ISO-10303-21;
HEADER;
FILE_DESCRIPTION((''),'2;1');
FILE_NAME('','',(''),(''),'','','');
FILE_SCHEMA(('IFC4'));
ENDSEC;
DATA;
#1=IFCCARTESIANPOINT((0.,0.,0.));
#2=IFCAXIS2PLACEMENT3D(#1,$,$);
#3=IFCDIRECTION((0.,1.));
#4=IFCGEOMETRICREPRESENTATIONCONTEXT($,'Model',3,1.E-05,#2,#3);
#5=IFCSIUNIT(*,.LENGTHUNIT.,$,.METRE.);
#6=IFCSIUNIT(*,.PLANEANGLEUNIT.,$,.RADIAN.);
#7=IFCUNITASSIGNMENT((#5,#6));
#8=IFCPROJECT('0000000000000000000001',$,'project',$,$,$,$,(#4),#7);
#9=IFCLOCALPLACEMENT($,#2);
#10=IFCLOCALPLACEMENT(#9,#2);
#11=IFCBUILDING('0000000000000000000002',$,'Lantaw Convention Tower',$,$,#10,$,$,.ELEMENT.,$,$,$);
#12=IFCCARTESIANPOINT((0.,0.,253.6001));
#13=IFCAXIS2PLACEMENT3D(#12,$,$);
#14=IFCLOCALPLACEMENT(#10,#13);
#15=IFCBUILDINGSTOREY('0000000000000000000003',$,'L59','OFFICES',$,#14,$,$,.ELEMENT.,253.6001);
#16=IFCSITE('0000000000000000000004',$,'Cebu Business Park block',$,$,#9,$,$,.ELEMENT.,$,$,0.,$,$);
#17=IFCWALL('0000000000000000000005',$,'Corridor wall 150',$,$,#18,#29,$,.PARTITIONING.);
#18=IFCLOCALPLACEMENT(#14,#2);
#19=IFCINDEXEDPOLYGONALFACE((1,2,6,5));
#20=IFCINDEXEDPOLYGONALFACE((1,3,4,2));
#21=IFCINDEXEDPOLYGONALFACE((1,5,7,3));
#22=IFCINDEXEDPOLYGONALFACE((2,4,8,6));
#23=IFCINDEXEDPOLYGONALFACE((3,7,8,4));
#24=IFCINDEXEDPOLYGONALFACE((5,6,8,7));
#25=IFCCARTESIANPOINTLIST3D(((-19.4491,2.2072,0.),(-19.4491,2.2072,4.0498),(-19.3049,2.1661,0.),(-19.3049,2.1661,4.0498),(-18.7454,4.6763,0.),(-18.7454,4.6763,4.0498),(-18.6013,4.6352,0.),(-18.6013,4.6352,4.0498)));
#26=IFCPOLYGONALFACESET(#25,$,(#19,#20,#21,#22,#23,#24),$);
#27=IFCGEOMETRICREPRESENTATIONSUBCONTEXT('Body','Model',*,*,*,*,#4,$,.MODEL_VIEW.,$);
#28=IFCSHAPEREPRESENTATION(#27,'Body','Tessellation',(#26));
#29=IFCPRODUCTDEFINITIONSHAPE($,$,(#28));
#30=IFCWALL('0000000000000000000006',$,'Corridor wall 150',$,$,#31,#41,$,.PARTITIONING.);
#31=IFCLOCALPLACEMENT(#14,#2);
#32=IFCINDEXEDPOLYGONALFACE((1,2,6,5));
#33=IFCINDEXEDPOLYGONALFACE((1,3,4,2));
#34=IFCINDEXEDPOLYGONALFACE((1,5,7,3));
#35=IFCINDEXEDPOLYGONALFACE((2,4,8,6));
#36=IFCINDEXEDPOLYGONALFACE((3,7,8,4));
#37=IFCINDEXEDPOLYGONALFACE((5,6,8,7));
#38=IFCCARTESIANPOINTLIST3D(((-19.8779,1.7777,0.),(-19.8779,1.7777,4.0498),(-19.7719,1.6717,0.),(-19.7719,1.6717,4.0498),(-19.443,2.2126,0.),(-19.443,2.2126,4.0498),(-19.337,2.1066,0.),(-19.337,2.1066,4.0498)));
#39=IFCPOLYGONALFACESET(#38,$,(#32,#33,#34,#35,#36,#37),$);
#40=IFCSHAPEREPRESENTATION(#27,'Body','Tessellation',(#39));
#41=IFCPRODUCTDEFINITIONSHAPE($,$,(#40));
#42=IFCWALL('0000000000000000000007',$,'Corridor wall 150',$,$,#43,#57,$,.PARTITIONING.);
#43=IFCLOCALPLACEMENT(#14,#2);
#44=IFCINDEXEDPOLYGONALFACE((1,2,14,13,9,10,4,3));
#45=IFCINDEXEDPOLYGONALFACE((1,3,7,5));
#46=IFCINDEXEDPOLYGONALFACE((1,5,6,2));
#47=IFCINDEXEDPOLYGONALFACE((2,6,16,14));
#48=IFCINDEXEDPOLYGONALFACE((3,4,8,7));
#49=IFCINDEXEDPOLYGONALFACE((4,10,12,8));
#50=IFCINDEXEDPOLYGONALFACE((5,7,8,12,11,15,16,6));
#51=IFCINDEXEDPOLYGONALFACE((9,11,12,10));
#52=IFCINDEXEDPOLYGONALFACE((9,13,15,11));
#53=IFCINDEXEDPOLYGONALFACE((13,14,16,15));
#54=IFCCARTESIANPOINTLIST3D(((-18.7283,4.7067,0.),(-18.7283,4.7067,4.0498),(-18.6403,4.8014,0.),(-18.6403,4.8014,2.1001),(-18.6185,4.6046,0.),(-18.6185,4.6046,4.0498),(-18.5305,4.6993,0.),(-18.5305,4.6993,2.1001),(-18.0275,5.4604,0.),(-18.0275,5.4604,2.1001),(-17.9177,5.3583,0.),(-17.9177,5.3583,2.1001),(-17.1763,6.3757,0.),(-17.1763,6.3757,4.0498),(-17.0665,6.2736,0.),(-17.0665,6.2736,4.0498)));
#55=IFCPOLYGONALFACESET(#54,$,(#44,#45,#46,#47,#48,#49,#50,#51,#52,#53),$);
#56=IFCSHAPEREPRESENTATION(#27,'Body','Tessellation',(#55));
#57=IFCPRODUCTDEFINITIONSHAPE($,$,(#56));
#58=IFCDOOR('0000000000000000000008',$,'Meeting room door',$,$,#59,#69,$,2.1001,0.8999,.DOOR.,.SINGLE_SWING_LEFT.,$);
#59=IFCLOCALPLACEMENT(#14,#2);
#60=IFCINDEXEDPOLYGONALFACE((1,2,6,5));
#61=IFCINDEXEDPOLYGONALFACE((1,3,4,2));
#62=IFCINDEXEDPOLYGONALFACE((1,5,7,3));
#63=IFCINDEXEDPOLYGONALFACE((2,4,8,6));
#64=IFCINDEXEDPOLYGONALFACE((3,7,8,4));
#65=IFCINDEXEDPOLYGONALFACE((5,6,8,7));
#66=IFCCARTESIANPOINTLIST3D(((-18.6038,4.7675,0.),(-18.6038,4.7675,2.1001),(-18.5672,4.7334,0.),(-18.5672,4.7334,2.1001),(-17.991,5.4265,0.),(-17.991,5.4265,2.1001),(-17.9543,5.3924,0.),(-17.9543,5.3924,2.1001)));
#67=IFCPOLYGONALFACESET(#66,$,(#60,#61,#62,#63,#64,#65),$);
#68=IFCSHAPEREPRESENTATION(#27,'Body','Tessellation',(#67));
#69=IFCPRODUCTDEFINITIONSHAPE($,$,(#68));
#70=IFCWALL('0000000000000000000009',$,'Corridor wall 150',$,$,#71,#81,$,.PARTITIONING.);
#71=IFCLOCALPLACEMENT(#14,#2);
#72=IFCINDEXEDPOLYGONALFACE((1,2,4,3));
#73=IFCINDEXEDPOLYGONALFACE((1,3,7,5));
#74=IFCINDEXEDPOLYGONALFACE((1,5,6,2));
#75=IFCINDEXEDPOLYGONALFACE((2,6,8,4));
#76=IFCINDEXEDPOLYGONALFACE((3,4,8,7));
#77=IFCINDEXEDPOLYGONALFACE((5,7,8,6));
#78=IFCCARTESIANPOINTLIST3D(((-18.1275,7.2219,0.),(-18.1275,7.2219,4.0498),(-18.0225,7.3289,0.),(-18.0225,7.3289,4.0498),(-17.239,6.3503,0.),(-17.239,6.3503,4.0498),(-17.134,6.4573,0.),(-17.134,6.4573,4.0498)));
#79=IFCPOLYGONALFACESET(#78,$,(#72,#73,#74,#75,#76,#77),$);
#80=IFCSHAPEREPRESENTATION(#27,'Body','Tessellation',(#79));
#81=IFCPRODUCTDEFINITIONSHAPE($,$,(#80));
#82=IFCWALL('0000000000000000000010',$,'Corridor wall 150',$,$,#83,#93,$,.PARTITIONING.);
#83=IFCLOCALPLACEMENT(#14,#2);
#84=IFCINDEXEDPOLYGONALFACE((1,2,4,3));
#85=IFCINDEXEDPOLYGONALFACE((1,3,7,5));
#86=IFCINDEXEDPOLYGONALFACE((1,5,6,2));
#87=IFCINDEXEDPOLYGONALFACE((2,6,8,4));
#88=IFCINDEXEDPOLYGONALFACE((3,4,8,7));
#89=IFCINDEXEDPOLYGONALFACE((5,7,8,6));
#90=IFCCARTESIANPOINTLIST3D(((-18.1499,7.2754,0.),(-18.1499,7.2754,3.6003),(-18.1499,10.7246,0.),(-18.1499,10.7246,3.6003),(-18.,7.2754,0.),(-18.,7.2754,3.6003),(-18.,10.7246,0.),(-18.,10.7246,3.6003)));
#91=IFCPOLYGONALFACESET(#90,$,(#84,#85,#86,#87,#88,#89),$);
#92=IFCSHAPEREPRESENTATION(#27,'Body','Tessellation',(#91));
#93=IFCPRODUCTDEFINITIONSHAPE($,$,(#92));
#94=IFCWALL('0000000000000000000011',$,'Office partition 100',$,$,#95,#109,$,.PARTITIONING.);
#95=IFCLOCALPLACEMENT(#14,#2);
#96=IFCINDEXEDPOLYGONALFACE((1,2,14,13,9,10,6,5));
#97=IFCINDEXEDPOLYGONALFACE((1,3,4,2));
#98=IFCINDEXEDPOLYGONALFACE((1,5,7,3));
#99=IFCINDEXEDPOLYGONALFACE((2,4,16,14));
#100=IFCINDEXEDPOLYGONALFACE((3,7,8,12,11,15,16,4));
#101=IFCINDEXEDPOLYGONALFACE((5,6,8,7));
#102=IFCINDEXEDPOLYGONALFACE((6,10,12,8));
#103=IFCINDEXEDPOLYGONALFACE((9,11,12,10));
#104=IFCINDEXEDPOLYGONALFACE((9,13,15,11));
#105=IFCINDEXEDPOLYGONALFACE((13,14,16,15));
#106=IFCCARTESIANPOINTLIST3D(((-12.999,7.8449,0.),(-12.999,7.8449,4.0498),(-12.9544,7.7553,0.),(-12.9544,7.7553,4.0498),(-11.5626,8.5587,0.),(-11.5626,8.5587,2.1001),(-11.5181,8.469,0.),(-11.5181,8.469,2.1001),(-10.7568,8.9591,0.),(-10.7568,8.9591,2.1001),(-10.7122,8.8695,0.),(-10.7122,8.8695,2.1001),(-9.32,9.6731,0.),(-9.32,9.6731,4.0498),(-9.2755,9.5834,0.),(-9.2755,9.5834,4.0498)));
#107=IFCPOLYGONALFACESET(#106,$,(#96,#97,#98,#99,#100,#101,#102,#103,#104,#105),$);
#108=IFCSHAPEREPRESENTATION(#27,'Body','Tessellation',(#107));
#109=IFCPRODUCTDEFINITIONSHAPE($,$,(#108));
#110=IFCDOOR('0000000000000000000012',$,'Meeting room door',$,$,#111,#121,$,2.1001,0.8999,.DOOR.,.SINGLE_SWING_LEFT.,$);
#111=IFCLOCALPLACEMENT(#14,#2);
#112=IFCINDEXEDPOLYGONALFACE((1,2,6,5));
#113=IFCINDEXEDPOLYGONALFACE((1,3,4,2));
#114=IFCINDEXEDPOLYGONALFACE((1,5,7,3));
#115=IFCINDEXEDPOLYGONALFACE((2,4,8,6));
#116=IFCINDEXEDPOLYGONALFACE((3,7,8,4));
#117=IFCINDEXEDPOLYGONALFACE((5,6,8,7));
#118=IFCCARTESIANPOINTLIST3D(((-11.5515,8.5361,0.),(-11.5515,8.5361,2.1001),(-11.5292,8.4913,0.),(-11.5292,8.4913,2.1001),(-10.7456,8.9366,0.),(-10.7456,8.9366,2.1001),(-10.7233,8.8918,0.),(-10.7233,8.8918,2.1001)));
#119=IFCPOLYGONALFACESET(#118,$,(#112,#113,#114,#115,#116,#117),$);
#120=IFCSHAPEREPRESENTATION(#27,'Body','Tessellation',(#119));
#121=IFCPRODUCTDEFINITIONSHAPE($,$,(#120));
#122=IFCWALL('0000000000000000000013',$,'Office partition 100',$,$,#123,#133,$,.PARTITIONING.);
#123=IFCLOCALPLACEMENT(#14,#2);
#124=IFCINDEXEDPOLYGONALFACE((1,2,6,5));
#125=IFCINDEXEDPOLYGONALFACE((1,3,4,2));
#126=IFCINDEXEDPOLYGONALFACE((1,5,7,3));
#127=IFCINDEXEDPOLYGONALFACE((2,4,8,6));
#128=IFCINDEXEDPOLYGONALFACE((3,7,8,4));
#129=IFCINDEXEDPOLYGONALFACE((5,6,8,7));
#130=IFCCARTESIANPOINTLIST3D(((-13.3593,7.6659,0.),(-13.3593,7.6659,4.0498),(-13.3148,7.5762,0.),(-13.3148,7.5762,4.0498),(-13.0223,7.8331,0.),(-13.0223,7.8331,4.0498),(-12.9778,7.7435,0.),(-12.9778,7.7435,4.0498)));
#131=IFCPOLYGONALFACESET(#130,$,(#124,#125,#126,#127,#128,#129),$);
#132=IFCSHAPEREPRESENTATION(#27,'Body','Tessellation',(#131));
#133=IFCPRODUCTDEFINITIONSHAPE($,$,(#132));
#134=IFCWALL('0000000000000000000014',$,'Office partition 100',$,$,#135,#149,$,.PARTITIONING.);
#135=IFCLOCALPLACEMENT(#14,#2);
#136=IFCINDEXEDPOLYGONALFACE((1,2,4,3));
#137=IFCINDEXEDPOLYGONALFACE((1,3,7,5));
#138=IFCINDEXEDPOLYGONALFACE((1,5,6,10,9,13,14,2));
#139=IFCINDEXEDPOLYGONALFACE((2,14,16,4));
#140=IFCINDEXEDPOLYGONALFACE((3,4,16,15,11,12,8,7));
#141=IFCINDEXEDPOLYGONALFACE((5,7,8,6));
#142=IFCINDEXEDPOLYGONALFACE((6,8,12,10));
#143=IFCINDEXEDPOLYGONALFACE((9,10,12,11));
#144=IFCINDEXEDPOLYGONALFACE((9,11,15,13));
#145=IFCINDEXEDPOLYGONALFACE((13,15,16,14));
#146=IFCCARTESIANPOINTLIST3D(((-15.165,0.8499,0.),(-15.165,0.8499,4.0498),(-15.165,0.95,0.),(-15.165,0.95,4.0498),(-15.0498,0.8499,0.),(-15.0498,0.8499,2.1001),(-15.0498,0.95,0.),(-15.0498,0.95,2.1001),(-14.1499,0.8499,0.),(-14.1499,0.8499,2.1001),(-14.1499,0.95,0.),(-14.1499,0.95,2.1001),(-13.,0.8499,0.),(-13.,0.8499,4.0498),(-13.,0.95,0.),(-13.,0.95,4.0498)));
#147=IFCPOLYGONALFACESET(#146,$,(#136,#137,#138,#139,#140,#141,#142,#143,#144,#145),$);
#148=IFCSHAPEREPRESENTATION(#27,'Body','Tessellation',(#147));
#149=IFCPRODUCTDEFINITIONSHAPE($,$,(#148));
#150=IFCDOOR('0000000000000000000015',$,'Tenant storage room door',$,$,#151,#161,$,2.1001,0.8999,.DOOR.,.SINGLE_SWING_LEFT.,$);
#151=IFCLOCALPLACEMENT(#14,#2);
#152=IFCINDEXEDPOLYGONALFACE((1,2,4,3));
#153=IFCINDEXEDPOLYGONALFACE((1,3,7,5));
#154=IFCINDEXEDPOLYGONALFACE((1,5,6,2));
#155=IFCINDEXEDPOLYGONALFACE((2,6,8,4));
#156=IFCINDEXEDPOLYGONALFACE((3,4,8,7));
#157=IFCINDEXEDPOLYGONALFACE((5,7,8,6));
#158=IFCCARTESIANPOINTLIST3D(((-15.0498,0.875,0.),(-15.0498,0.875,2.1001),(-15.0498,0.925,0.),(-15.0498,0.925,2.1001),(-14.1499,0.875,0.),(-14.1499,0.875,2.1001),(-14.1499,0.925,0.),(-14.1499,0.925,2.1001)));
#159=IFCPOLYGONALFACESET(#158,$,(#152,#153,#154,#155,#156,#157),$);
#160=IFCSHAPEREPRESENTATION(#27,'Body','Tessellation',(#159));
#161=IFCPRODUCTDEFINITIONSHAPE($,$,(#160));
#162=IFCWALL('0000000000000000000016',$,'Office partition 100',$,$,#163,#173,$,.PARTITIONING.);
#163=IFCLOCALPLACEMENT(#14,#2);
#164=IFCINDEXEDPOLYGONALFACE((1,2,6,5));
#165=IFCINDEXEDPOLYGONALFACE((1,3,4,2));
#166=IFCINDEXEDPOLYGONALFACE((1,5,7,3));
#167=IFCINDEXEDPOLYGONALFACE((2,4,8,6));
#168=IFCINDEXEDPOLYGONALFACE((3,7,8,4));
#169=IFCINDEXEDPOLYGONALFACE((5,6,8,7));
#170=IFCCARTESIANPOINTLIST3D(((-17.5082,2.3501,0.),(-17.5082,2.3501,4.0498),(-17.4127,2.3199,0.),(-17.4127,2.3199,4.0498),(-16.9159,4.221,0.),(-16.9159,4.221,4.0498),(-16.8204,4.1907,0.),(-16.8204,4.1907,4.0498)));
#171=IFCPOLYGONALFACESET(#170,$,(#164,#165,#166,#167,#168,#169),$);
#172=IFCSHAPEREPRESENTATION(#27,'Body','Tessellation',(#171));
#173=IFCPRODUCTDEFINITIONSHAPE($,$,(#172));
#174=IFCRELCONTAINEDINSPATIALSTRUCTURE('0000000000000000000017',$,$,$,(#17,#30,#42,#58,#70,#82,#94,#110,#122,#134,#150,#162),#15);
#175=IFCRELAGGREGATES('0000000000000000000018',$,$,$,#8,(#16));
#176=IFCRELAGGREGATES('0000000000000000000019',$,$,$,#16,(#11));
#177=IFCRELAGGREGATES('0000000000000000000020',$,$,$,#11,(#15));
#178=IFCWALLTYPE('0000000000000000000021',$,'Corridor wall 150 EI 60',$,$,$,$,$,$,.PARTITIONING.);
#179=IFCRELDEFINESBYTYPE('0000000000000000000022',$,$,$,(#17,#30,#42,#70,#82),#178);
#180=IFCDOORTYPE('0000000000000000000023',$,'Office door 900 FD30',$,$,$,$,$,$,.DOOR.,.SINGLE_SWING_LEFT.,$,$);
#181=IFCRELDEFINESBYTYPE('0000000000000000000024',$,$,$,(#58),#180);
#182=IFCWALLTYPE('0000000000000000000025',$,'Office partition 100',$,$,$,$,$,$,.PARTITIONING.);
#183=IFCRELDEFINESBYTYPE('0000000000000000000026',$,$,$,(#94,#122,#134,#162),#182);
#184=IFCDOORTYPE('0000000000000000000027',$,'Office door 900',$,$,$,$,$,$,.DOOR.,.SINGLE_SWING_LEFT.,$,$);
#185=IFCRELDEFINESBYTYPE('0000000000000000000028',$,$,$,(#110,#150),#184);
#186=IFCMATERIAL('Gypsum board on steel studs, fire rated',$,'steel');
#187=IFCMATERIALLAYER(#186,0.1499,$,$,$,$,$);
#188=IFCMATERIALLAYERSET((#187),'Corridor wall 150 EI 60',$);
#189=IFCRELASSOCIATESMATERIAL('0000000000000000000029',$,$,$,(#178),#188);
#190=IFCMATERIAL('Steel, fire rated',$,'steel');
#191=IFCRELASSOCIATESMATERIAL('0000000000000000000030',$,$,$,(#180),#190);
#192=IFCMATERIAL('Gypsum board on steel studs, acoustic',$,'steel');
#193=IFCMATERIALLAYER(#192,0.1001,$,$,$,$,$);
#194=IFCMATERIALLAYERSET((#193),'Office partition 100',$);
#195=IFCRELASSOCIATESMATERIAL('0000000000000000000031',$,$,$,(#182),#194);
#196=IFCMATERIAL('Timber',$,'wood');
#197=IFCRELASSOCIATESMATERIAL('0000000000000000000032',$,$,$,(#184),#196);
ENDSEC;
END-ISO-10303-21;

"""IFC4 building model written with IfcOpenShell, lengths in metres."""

from ifc_helpers import new_model, si_unit, direction, frame, frame_2d, origin, place, context, subcontext, project, spatial, rectangle, extrude, material, layer, layer_set, type_object, element, fill, save


model = new_model("IFC4")

# Units and contexts
model_context = context("Model", 3, precision=1e-05, world=origin(), true_north=direction((0.0, 1.0)))
body_context = subcontext(model_context, "Body", "Model", "MODEL_VIEW")
ifc_project = project(units=[si_unit("LENGTHUNIT", "METRE"), si_unit("PLANEANGLEUNIT", "RADIAN")], contexts=[model_context])

# Site, building, storey
site_placement = place(None, origin())
site = spatial("IfcSite", under=ifc_project, at=site_placement, Name="Cebu Business Park block", CompositionType="ELEMENT", RefElevation=0.0)
building_placement = place(site_placement, origin())
building = spatial("IfcBuilding", under=site, at=building_placement, Name="Lantaw Convention Tower", CompositionType="ELEMENT")
storey_placement = place(building_placement, frame((0.0, 0.0, 253.6001)))
storey = spatial("IfcBuildingStorey", under=building, at=storey_placement, Name="L59", Description="OFFICES", CompositionType="ELEMENT", Elevation=253.6001)

# Walls
ifc_material_1 = material(Name="Gypsum board on steel studs, fire rated", Category="steel")
ifc_layer_1 = layer(ifc_material_1, 0.1499)
ifc_layer_set_1 = layer_set([ifc_layer_1], Name="Corridor wall 150 EI 60")
wall_type_1 = type_object("IfcWallType", Name="Corridor wall 150 EI 60", PredefinedType="PARTITIONING", material=ifc_layer_set_1)
wall_1_placement = place(storey_placement, frame((-18.6733, 4.6558, 0.0), z_axis=(0.0, 0.0, 1.0), x_axis=(-0.274068, -0.96171, 0.0)))
element("IfcWall", 1, at=wall_1_placement, inside=storey, type_object=wall_type_1, Name="Corridor wall 150", PredefinedType="PARTITIONING", context=body_context, shape_type="SweptSolid", body=[
    extrude(rectangle(XDim=2.5674, YDim=0.1499, at=frame_2d((1.2837, 0.0))), origin(), (0.0, 0.0, 1.0), 4.0498),
])
wall_2_placement = place(storey_placement, frame((-19.825, 1.7246, 0.0), z_axis=(0.0, 0.0, 1.0), x_axis=(0.707107, 0.707107, 0.0)))
element("IfcWall", 2, at=wall_2_placement, inside=storey, type_object=wall_type_1, Name="Corridor wall 150", PredefinedType="PARTITIONING", context=body_context, shape_type="SweptSolid", body=[
    extrude(rectangle(XDim=0.615, YDim=0.1499, at=frame_2d((0.3076, 0.0))), origin(), (0.0, 0.0, 1.0), 4.0498),
])

# Wall, opening, door
wall_3_placement = place(storey_placement, frame((-17.1213, 6.3247, 0.0), z_axis=(0.0, 0.0, 1.0), x_axis=(-0.680985, -0.732297, 0.0)))
wall_3 = element("IfcWall", 3, at=wall_3_placement, inside=storey, type_object=wall_type_1, Name="Corridor wall 150", PredefinedType="PARTITIONING", context=body_context, shape_type="SweptSolid", body=[
    extrude(rectangle(XDim=2.2791, YDim=0.1499, at=frame_2d((1.1396, 0.0))), origin(), (0.0, 0.0, 1.0), 4.0498),
])
opening_1_placement = place(wall_3_placement, frame((1.25, 0.0, 0.0)))
opening_1 = element("IfcOpeningElement", 4, at=opening_1_placement, cuts=wall_3, PredefinedType="OPENING", context=body_context, shape_type="SweptSolid", body=[
    extrude(rectangle(XDim=0.8999, YDim=2.1001, at=frame_2d((0.45, 1.05))), frame((0.0, 0.085, 0.0), z_axis=(0.0, -1.0, 0.0), x_axis=(1.0, 0.0, 0.0)), (0.0, 0.0, 1.0), 0.1699),
])
ifc_material_2 = material(Name="Steel, fire rated", Category="steel")
door_type_1 = type_object("IfcDoorType", Name="Office door 900 FD30", OperationType="SINGLE_SWING_LEFT", PredefinedType="DOOR", material=ifc_material_2)
door_1_placement = place(opening_1_placement, origin())
door_1 = element("IfcDoor", 5, at=door_1_placement, inside=storey, type_object=door_type_1, Name="Meeting room door", OperationType="SINGLE_SWING_LEFT", OverallHeight=2.1001, OverallWidth=0.8999, PredefinedType="DOOR", context=body_context, shape_type="SweptSolid", body=[
    extrude(rectangle(XDim=0.8999, YDim=2.1001, at=frame_2d((0.45, 1.05))), frame((0.0, 0.0249, 0.0), z_axis=(0.0, -1.0, 0.0), x_axis=(1.0, 0.0, 0.0)), (0.0, 0.0, 1.0), 0.05),
])
fill(opening_1, door_1)

# Walls
wall_4_placement = place(storey_placement, frame((-17.1865, 6.4038, 0.0), z_axis=(0.0, 0.0, 1.0), x_axis=(-0.713842, 0.700307, 0.0)))
element("IfcWall", 6, at=wall_4_placement, inside=storey, type_object=wall_type_1, Name="Corridor wall 150", PredefinedType="PARTITIONING", context=body_context, shape_type="SweptSolid", body=[
    extrude(rectangle(XDim=1.2446, YDim=0.1499, at=frame_2d((0.6223, 0.0))), origin(), (0.0, 0.0, 1.0), 4.0498),
])
wall_5_placement = place(storey_placement, frame((-18.075, 7.2754, 0.0), z_axis=(0.0, 0.0, 1.0), x_axis=(0.0, 1.0, 0.0)))
element("IfcWall", 7, at=wall_5_placement, inside=storey, type_object=wall_type_1, Name="Corridor wall 150", PredefinedType="PARTITIONING", context=body_context, shape_type="SweptSolid", body=[
    extrude(rectangle(XDim=3.4492, YDim=0.1499, at=frame_2d((1.7246, 0.0))), origin(), (0.0, 0.0, 1.0), 3.6003),
])

# Wall, opening, door
ifc_material_3 = material(Name="Gypsum board on steel studs, acoustic", Category="steel")
ifc_layer_2 = layer(ifc_material_3, 0.1001)
ifc_layer_set_2 = layer_set([ifc_layer_2], Name="Office partition 100")
wall_type_2 = type_object("IfcWallType", Name="Office partition 100", PredefinedType="PARTITIONING", material=ifc_layer_set_2)
wall_6_placement = place(storey_placement, frame((-12.9768, 7.8, 0.0), z_axis=(0.0, 0.0, 1.0), x_axis=(0.89553, 0.445001, 0.0)))
wall_6 = element("IfcWall", 8, at=wall_6_placement, inside=storey, type_object=wall_type_2, Name="Office partition 100", PredefinedType="PARTITIONING", context=body_context, shape_type="SweptSolid", body=[
    extrude(rectangle(XDim=4.1082, YDim=0.1001, at=frame_2d((2.0542, 0.0))), origin(), (0.0, 0.0, 1.0), 4.0498),
])
opening_2_placement = place(wall_6_placement, frame((1.604, 0.0, 0.0)))
opening_2 = element("IfcOpeningElement", 9, at=opening_2_placement, cuts=wall_6, PredefinedType="OPENING", context=body_context, shape_type="SweptSolid", body=[
    extrude(rectangle(XDim=0.8999, YDim=2.1001, at=frame_2d((0.45, 1.05))), frame((0.0, 0.0601, 0.0), z_axis=(0.0, -1.0, 0.0), x_axis=(1.0, 0.0, 0.0)), (0.0, 0.0, 1.0), 0.1201),
])
ifc_material_4 = material(Name="Timber", Category="wood")
door_type_2 = type_object("IfcDoorType", Name="Office door 900", OperationType="SINGLE_SWING_LEFT", PredefinedType="DOOR", material=ifc_material_4)
door_2_placement = place(opening_2_placement, origin())
door_2 = element("IfcDoor", 10, at=door_2_placement, inside=storey, type_object=door_type_2, Name="Meeting room door", OperationType="SINGLE_SWING_LEFT", OverallHeight=2.1001, OverallWidth=0.8999, PredefinedType="DOOR", context=body_context, shape_type="SweptSolid", body=[
    extrude(rectangle(XDim=0.8999, YDim=2.1001, at=frame_2d((0.45, 1.05))), frame((0.0, 0.0249, 0.0), z_axis=(0.0, -1.0, 0.0), x_axis=(1.0, 0.0, 0.0)), (0.0, 0.0, 1.0), 0.05),
])
fill(opening_2, door_2)

# Wall
wall_7_placement = place(storey_placement, frame((-13.3369, 7.6211, 0.0), z_axis=(0.0, 0.0, 1.0), x_axis=(0.895722, 0.444615, 0.0)))
element("IfcWall", 11, at=wall_7_placement, inside=storey, type_object=wall_type_2, Name="Office partition 100", PredefinedType="PARTITIONING", context=body_context, shape_type="SweptSolid", body=[
    extrude(rectangle(XDim=0.3762, YDim=0.1001, at=frame_2d((0.188, 0.0))), origin(), (0.0, 0.0, 1.0), 4.0498),
])

# Wall, opening, door
wall_8_placement = place(storey_placement, frame((-13.0, 0.8999, 0.0), z_axis=(0.0, 0.0, 1.0), x_axis=(-1.0, 0.0, 0.0)))
wall_8 = element("IfcWall", 12, at=wall_8_placement, inside=storey, type_object=wall_type_2, Name="Office partition 100", PredefinedType="PARTITIONING", context=body_context, shape_type="SweptSolid", body=[
    extrude(rectangle(XDim=2.165, YDim=0.1001, at=frame_2d((1.0825, 0.0))), origin(), (0.0, 0.0, 1.0), 4.0498),
])
opening_3_placement = place(wall_8_placement, frame((1.1499, 0.0, 0.0)))
opening_3 = element("IfcOpeningElement", 13, at=opening_3_placement, cuts=wall_8, PredefinedType="OPENING", context=body_context, shape_type="SweptSolid", body=[
    extrude(rectangle(XDim=0.8999, YDim=2.1001, at=frame_2d((0.45, 1.05))), frame((0.0, 0.0601, 0.0), z_axis=(0.0, -1.0, 0.0), x_axis=(1.0, 0.0, 0.0)), (0.0, 0.0, 1.0), 0.1201),
])
door_3_placement = place(opening_3_placement, origin())
door_3 = element("IfcDoor", 14, at=door_3_placement, inside=storey, type_object=door_type_2, Name="Tenant storage room door", OperationType="SINGLE_SWING_LEFT", OverallHeight=2.1001, OverallWidth=0.8999, PredefinedType="DOOR", context=body_context, shape_type="SweptSolid", body=[
    extrude(rectangle(XDim=0.8999, YDim=2.1001, at=frame_2d((0.45, 1.05))), frame((0.0, 0.0249, 0.0), z_axis=(0.0, -1.0, 0.0), x_axis=(1.0, 0.0, 0.0)), (0.0, 0.0, 1.0), 0.05),
])
fill(opening_3, door_3)

# Wall
wall_9_placement = place(storey_placement, frame((-17.4604, 2.335, 0.0), z_axis=(0.0, 0.0, 1.0), x_axis=(0.301822, 0.953364, 0.0)))
element("IfcWall", 15, at=wall_9_placement, inside=storey, type_object=wall_type_2, Name="Office partition 100", PredefinedType="PARTITIONING", context=body_context, shape_type="SweptSolid", body=[
    extrude(rectangle(XDim=1.9624, YDim=0.1001, at=frame_2d((0.9812, 0.0))), origin(), (0.0, 0.0, 1.0), 4.0498),
])

save(model, "model.ifc")
